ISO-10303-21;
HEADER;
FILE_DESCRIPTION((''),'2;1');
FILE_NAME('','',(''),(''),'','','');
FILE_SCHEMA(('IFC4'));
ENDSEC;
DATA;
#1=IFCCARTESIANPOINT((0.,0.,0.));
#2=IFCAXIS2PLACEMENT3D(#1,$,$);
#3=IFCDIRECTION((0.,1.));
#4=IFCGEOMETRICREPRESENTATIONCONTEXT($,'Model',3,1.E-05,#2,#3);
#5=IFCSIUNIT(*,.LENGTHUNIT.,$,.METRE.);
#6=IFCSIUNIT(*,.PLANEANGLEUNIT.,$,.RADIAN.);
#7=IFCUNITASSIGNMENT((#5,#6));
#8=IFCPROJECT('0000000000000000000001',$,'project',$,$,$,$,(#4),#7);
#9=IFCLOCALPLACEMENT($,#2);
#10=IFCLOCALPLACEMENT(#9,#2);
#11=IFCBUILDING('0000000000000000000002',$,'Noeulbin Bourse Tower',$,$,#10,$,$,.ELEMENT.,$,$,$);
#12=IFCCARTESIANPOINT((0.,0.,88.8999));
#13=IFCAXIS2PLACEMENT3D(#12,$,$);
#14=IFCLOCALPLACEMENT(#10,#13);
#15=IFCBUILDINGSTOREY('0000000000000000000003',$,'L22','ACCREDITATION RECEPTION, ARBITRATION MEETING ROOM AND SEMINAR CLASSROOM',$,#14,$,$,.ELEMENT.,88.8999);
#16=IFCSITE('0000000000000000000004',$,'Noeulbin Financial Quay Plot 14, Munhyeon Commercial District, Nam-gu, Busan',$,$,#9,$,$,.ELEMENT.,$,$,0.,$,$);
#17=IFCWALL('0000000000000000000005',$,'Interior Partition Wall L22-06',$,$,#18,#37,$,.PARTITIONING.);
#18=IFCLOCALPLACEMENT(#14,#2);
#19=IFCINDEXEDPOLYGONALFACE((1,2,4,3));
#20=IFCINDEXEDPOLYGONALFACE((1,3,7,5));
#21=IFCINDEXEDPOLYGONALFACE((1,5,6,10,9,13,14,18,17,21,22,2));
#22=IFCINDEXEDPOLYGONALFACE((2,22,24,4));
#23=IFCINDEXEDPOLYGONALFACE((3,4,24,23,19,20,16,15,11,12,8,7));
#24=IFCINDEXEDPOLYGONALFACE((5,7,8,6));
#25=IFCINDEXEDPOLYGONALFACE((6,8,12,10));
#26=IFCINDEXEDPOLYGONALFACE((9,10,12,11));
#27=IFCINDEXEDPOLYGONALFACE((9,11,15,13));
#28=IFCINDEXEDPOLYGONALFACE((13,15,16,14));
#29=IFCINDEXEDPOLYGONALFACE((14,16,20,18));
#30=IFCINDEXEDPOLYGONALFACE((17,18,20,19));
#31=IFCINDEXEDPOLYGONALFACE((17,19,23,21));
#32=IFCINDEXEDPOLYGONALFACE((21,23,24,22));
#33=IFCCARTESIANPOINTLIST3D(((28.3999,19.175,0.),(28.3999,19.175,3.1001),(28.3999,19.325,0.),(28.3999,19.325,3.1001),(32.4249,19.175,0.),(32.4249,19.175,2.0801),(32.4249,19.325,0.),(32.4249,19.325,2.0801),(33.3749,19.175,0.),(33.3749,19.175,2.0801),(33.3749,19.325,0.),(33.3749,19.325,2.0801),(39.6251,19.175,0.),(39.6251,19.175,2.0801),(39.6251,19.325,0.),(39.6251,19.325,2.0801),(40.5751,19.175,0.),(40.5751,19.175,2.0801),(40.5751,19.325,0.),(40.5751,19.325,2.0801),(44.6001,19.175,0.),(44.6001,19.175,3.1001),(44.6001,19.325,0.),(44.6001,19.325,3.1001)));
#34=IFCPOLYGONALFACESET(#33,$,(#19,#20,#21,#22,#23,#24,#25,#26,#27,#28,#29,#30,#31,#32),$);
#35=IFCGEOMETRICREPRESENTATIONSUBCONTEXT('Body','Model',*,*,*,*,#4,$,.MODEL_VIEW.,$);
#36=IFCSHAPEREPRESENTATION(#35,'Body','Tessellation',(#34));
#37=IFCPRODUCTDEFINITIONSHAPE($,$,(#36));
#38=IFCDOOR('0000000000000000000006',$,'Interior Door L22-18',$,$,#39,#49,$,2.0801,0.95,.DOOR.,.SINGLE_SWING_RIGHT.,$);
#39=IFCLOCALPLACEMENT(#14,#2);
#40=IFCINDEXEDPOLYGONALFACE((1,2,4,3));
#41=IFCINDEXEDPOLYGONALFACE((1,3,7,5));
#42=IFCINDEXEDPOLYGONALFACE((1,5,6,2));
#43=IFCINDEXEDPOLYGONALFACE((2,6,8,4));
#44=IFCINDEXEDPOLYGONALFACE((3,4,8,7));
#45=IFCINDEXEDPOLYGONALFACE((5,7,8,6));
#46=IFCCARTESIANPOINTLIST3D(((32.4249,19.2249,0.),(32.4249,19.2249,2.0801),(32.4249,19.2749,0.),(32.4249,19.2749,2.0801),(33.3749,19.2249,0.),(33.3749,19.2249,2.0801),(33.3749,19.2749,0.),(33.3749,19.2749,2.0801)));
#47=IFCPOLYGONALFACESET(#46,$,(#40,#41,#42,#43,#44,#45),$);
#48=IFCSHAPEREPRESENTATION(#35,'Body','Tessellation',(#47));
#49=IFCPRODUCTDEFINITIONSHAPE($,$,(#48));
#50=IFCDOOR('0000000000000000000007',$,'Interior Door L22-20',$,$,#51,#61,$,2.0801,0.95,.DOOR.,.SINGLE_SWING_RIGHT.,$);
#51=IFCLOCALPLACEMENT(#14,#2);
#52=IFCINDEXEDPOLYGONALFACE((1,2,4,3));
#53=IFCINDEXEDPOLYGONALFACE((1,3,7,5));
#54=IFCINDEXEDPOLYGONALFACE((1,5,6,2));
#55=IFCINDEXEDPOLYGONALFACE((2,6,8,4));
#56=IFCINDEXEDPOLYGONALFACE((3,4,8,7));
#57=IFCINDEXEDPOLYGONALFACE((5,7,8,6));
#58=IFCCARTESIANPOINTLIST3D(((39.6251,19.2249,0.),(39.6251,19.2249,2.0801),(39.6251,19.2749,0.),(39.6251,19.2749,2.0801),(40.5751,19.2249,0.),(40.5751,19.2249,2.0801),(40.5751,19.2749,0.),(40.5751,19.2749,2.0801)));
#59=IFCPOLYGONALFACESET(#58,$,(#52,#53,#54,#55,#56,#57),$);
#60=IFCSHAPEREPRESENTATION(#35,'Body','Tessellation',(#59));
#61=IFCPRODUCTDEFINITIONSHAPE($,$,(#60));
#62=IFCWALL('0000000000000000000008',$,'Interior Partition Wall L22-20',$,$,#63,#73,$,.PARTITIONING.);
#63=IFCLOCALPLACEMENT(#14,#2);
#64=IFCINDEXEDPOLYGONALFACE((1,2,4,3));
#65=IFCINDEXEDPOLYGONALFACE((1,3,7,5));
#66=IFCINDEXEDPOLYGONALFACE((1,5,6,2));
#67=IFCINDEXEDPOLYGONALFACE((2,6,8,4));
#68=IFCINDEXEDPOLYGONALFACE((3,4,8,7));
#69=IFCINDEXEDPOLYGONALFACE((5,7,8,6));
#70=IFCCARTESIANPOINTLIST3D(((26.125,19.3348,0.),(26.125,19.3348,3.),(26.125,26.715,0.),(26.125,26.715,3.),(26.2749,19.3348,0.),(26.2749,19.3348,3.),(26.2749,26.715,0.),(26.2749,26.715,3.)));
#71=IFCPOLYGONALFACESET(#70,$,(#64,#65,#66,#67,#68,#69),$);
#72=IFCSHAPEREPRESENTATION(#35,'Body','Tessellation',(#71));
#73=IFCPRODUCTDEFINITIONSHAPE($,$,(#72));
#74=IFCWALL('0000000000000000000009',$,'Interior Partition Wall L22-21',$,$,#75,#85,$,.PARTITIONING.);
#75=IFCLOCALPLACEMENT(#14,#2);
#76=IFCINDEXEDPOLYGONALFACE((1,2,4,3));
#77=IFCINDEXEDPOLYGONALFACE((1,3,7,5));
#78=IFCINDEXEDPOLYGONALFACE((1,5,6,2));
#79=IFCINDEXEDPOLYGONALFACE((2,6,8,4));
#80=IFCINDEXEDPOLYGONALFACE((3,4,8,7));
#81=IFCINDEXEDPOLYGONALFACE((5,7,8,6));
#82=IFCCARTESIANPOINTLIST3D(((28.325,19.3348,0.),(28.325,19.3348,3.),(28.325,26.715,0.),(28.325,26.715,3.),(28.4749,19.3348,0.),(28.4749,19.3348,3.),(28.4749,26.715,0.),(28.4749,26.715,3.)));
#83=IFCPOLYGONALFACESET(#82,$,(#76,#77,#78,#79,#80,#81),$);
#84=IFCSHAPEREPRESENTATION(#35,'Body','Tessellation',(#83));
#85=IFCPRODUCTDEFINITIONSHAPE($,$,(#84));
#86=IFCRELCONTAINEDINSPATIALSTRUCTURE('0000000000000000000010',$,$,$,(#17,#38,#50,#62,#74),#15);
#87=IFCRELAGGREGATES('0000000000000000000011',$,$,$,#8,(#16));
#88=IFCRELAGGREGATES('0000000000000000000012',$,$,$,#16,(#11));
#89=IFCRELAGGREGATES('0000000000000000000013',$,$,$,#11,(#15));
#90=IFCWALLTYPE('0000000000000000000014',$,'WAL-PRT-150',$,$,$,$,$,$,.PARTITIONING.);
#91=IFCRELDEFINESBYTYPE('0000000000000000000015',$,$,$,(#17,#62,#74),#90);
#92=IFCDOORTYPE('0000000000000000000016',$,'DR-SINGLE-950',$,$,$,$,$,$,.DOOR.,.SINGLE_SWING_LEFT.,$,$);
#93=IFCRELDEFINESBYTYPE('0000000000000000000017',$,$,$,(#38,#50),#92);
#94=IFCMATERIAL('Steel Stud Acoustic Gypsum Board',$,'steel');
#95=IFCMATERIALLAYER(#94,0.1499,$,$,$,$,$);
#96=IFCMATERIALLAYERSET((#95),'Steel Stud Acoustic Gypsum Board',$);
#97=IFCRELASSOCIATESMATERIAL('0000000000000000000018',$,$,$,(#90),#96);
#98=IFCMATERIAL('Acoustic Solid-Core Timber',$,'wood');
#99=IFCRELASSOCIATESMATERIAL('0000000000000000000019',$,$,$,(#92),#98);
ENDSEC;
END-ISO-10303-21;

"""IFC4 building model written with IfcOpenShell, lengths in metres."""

from ifc_helpers import new_model, si_unit, direction, frame, frame_2d, origin, place, context, subcontext, project, spatial, rectangle, extrude, material, layer, layer_set, type_object, element, fill, save


model = new_model("IFC4")

# Units and contexts
model_context = context("Model", 3, precision=1e-05, world=origin(), true_north=direction((0.0, 1.0)))
body_context = subcontext(model_context, "Body", "Model", "MODEL_VIEW")
ifc_project = project(units=[si_unit("LENGTHUNIT", "METRE"), si_unit("PLANEANGLEUNIT", "RADIAN")], contexts=[model_context])

# Site, building, storey
site_placement = place(None, origin())
site = spatial("IfcSite", under=ifc_project, at=site_placement, Name="Noeulbin Financial Quay Plot 14, Munhyeon Commercial District, Nam-gu, Busan", CompositionType="ELEMENT", RefElevation=0.0)
building_placement = place(site_placement, origin())
building = spatial("IfcBuilding", under=site, at=building_placement, Name="Noeulbin Bourse Tower", CompositionType="ELEMENT")
storey_placement = place(building_placement, frame((0.0, 0.0, 88.8999)))
storey = spatial("IfcBuildingStorey", under=building, at=storey_placement, Name="L22", Description="ACCREDITATION RECEPTION, ARBITRATION MEETING ROOM AND SEMINAR CLASSROOM", CompositionType="ELEMENT", Elevation=88.8999)

# Wall, openings, doors
ifc_material_1 = material(Name="Steel Stud Acoustic Gypsum Board", Category="steel")
ifc_layer_1 = layer(ifc_material_1, 0.1499)
ifc_layer_set_1 = layer_set([ifc_layer_1], Name="Steel Stud Acoustic Gypsum Board")
wall_type_1 = type_object("IfcWallType", Name="WAL-PRT-150", PredefinedType="PARTITIONING", material=ifc_layer_set_1)
wall_1_placement = place(storey_placement, frame((28.3999, 19.25, 0.0), z_axis=(0.0, 0.0, 1.0), x_axis=(1.0, 0.0, 0.0)))
wall_1 = element("IfcWall", 1, at=wall_1_placement, inside=storey, type_object=wall_type_1, Name="Interior Partition Wall L22-06", PredefinedType="PARTITIONING", context=body_context, shape_type="SweptSolid", body=[
    extrude(rectangle(XDim=16.2002, YDim=0.1499, at=frame_2d((8.1001, 0.0))), origin(), (0.0, 0.0, 1.0), 3.1001),
])
opening_1_placement = place(wall_1_placement, frame((4.0249, 0.0, 0.0)))
opening_1 = element("IfcOpeningElement", 2, at=opening_1_placement, cuts=wall_1, PredefinedType="OPENING", context=body_context, shape_type="SweptSolid", body=[
    extrude(rectangle(XDim=0.95, YDim=2.0801, at=frame_2d((0.4751, 1.04))), frame((0.0, 0.085, 0.0), z_axis=(0.0, -1.0, 0.0), x_axis=(1.0, 0.0, 0.0)), (0.0, 0.0, 1.0), 0.1699),
])
opening_2_placement = place(wall_1_placement, frame((11.2251, 0.0, 0.0)))
opening_2 = element("IfcOpeningElement", 3, at=opening_2_placement, cuts=wall_1, PredefinedType="OPENING", context=body_context, shape_type="SweptSolid", body=[
    extrude(rectangle(XDim=0.95, YDim=2.0801, at=frame_2d((0.4751, 1.04))), frame((0.0, 0.085, 0.0), z_axis=(0.0, -1.0, 0.0), x_axis=(1.0, 0.0, 0.0)), (0.0, 0.0, 1.0), 0.1699),
])
ifc_material_2 = material(Name="Acoustic Solid-Core Timber", Category="wood")
door_type = type_object("IfcDoorType", Name="DR-SINGLE-950", OperationType="SINGLE_SWING_LEFT", PredefinedType="DOOR", material=ifc_material_2)
door_1_placement = place(opening_1_placement, origin())
door_1 = element("IfcDoor", 4, at=door_1_placement, inside=storey, type_object=door_type, Name="Interior Door L22-18", OperationType="SINGLE_SWING_RIGHT", OverallHeight=2.0801, OverallWidth=0.95, PredefinedType="DOOR", context=body_context, shape_type="SweptSolid", body=[
    extrude(rectangle(XDim=0.95, YDim=2.0801, at=frame_2d((0.4751, 1.04))), frame((0.0, 0.0249, 0.0), z_axis=(0.0, -1.0, 0.0), x_axis=(1.0, 0.0, 0.0)), (0.0, 0.0, 1.0), 0.05),
])
fill(opening_1, door_1)
door_2_placement = place(opening_2_placement, origin())
door_2 = element("IfcDoor", 5, at=door_2_placement, inside=storey, type_object=door_type, Name="Interior Door L22-20", OperationType="SINGLE_SWING_RIGHT", OverallHeight=2.0801, OverallWidth=0.95, PredefinedType="DOOR", context=body_context, shape_type="SweptSolid", body=[
    extrude(rectangle(XDim=0.95, YDim=2.0801, at=frame_2d((0.4751, 1.04))), frame((0.0, 0.0249, 0.0), z_axis=(0.0, -1.0, 0.0), x_axis=(1.0, 0.0, 0.0)), (0.0, 0.0, 1.0), 0.05),
])
fill(opening_2, door_2)

# Walls
for number, where, z_axis, x_axis, name in (
    (6, (26.2, 19.335, 0.0), (0.0, 0.0, 1.0), (0.0, 1.0, 0.0), "Interior Partition Wall L22-20"),
    (7, (28.3999, 19.335, 0.0), (0.0, 0.0, 1.0), (0.0, 1.0, 0.0), "Interior Partition Wall L22-21"),
):
    element("IfcWall", number, at=place(storey_placement, frame(where, z_axis=z_axis, x_axis=x_axis)), inside=storey, type_object=wall_type_1, Name=name, PredefinedType="PARTITIONING", context=body_context, shape_type="SweptSolid", body=[
        extrude(rectangle(XDim=7.3801, YDim=0.1499, at=frame_2d((3.6899, 0.0))), origin(), (0.0, 0.0, 1.0), 3.0),
    ])

save(model, "model.ifc")
